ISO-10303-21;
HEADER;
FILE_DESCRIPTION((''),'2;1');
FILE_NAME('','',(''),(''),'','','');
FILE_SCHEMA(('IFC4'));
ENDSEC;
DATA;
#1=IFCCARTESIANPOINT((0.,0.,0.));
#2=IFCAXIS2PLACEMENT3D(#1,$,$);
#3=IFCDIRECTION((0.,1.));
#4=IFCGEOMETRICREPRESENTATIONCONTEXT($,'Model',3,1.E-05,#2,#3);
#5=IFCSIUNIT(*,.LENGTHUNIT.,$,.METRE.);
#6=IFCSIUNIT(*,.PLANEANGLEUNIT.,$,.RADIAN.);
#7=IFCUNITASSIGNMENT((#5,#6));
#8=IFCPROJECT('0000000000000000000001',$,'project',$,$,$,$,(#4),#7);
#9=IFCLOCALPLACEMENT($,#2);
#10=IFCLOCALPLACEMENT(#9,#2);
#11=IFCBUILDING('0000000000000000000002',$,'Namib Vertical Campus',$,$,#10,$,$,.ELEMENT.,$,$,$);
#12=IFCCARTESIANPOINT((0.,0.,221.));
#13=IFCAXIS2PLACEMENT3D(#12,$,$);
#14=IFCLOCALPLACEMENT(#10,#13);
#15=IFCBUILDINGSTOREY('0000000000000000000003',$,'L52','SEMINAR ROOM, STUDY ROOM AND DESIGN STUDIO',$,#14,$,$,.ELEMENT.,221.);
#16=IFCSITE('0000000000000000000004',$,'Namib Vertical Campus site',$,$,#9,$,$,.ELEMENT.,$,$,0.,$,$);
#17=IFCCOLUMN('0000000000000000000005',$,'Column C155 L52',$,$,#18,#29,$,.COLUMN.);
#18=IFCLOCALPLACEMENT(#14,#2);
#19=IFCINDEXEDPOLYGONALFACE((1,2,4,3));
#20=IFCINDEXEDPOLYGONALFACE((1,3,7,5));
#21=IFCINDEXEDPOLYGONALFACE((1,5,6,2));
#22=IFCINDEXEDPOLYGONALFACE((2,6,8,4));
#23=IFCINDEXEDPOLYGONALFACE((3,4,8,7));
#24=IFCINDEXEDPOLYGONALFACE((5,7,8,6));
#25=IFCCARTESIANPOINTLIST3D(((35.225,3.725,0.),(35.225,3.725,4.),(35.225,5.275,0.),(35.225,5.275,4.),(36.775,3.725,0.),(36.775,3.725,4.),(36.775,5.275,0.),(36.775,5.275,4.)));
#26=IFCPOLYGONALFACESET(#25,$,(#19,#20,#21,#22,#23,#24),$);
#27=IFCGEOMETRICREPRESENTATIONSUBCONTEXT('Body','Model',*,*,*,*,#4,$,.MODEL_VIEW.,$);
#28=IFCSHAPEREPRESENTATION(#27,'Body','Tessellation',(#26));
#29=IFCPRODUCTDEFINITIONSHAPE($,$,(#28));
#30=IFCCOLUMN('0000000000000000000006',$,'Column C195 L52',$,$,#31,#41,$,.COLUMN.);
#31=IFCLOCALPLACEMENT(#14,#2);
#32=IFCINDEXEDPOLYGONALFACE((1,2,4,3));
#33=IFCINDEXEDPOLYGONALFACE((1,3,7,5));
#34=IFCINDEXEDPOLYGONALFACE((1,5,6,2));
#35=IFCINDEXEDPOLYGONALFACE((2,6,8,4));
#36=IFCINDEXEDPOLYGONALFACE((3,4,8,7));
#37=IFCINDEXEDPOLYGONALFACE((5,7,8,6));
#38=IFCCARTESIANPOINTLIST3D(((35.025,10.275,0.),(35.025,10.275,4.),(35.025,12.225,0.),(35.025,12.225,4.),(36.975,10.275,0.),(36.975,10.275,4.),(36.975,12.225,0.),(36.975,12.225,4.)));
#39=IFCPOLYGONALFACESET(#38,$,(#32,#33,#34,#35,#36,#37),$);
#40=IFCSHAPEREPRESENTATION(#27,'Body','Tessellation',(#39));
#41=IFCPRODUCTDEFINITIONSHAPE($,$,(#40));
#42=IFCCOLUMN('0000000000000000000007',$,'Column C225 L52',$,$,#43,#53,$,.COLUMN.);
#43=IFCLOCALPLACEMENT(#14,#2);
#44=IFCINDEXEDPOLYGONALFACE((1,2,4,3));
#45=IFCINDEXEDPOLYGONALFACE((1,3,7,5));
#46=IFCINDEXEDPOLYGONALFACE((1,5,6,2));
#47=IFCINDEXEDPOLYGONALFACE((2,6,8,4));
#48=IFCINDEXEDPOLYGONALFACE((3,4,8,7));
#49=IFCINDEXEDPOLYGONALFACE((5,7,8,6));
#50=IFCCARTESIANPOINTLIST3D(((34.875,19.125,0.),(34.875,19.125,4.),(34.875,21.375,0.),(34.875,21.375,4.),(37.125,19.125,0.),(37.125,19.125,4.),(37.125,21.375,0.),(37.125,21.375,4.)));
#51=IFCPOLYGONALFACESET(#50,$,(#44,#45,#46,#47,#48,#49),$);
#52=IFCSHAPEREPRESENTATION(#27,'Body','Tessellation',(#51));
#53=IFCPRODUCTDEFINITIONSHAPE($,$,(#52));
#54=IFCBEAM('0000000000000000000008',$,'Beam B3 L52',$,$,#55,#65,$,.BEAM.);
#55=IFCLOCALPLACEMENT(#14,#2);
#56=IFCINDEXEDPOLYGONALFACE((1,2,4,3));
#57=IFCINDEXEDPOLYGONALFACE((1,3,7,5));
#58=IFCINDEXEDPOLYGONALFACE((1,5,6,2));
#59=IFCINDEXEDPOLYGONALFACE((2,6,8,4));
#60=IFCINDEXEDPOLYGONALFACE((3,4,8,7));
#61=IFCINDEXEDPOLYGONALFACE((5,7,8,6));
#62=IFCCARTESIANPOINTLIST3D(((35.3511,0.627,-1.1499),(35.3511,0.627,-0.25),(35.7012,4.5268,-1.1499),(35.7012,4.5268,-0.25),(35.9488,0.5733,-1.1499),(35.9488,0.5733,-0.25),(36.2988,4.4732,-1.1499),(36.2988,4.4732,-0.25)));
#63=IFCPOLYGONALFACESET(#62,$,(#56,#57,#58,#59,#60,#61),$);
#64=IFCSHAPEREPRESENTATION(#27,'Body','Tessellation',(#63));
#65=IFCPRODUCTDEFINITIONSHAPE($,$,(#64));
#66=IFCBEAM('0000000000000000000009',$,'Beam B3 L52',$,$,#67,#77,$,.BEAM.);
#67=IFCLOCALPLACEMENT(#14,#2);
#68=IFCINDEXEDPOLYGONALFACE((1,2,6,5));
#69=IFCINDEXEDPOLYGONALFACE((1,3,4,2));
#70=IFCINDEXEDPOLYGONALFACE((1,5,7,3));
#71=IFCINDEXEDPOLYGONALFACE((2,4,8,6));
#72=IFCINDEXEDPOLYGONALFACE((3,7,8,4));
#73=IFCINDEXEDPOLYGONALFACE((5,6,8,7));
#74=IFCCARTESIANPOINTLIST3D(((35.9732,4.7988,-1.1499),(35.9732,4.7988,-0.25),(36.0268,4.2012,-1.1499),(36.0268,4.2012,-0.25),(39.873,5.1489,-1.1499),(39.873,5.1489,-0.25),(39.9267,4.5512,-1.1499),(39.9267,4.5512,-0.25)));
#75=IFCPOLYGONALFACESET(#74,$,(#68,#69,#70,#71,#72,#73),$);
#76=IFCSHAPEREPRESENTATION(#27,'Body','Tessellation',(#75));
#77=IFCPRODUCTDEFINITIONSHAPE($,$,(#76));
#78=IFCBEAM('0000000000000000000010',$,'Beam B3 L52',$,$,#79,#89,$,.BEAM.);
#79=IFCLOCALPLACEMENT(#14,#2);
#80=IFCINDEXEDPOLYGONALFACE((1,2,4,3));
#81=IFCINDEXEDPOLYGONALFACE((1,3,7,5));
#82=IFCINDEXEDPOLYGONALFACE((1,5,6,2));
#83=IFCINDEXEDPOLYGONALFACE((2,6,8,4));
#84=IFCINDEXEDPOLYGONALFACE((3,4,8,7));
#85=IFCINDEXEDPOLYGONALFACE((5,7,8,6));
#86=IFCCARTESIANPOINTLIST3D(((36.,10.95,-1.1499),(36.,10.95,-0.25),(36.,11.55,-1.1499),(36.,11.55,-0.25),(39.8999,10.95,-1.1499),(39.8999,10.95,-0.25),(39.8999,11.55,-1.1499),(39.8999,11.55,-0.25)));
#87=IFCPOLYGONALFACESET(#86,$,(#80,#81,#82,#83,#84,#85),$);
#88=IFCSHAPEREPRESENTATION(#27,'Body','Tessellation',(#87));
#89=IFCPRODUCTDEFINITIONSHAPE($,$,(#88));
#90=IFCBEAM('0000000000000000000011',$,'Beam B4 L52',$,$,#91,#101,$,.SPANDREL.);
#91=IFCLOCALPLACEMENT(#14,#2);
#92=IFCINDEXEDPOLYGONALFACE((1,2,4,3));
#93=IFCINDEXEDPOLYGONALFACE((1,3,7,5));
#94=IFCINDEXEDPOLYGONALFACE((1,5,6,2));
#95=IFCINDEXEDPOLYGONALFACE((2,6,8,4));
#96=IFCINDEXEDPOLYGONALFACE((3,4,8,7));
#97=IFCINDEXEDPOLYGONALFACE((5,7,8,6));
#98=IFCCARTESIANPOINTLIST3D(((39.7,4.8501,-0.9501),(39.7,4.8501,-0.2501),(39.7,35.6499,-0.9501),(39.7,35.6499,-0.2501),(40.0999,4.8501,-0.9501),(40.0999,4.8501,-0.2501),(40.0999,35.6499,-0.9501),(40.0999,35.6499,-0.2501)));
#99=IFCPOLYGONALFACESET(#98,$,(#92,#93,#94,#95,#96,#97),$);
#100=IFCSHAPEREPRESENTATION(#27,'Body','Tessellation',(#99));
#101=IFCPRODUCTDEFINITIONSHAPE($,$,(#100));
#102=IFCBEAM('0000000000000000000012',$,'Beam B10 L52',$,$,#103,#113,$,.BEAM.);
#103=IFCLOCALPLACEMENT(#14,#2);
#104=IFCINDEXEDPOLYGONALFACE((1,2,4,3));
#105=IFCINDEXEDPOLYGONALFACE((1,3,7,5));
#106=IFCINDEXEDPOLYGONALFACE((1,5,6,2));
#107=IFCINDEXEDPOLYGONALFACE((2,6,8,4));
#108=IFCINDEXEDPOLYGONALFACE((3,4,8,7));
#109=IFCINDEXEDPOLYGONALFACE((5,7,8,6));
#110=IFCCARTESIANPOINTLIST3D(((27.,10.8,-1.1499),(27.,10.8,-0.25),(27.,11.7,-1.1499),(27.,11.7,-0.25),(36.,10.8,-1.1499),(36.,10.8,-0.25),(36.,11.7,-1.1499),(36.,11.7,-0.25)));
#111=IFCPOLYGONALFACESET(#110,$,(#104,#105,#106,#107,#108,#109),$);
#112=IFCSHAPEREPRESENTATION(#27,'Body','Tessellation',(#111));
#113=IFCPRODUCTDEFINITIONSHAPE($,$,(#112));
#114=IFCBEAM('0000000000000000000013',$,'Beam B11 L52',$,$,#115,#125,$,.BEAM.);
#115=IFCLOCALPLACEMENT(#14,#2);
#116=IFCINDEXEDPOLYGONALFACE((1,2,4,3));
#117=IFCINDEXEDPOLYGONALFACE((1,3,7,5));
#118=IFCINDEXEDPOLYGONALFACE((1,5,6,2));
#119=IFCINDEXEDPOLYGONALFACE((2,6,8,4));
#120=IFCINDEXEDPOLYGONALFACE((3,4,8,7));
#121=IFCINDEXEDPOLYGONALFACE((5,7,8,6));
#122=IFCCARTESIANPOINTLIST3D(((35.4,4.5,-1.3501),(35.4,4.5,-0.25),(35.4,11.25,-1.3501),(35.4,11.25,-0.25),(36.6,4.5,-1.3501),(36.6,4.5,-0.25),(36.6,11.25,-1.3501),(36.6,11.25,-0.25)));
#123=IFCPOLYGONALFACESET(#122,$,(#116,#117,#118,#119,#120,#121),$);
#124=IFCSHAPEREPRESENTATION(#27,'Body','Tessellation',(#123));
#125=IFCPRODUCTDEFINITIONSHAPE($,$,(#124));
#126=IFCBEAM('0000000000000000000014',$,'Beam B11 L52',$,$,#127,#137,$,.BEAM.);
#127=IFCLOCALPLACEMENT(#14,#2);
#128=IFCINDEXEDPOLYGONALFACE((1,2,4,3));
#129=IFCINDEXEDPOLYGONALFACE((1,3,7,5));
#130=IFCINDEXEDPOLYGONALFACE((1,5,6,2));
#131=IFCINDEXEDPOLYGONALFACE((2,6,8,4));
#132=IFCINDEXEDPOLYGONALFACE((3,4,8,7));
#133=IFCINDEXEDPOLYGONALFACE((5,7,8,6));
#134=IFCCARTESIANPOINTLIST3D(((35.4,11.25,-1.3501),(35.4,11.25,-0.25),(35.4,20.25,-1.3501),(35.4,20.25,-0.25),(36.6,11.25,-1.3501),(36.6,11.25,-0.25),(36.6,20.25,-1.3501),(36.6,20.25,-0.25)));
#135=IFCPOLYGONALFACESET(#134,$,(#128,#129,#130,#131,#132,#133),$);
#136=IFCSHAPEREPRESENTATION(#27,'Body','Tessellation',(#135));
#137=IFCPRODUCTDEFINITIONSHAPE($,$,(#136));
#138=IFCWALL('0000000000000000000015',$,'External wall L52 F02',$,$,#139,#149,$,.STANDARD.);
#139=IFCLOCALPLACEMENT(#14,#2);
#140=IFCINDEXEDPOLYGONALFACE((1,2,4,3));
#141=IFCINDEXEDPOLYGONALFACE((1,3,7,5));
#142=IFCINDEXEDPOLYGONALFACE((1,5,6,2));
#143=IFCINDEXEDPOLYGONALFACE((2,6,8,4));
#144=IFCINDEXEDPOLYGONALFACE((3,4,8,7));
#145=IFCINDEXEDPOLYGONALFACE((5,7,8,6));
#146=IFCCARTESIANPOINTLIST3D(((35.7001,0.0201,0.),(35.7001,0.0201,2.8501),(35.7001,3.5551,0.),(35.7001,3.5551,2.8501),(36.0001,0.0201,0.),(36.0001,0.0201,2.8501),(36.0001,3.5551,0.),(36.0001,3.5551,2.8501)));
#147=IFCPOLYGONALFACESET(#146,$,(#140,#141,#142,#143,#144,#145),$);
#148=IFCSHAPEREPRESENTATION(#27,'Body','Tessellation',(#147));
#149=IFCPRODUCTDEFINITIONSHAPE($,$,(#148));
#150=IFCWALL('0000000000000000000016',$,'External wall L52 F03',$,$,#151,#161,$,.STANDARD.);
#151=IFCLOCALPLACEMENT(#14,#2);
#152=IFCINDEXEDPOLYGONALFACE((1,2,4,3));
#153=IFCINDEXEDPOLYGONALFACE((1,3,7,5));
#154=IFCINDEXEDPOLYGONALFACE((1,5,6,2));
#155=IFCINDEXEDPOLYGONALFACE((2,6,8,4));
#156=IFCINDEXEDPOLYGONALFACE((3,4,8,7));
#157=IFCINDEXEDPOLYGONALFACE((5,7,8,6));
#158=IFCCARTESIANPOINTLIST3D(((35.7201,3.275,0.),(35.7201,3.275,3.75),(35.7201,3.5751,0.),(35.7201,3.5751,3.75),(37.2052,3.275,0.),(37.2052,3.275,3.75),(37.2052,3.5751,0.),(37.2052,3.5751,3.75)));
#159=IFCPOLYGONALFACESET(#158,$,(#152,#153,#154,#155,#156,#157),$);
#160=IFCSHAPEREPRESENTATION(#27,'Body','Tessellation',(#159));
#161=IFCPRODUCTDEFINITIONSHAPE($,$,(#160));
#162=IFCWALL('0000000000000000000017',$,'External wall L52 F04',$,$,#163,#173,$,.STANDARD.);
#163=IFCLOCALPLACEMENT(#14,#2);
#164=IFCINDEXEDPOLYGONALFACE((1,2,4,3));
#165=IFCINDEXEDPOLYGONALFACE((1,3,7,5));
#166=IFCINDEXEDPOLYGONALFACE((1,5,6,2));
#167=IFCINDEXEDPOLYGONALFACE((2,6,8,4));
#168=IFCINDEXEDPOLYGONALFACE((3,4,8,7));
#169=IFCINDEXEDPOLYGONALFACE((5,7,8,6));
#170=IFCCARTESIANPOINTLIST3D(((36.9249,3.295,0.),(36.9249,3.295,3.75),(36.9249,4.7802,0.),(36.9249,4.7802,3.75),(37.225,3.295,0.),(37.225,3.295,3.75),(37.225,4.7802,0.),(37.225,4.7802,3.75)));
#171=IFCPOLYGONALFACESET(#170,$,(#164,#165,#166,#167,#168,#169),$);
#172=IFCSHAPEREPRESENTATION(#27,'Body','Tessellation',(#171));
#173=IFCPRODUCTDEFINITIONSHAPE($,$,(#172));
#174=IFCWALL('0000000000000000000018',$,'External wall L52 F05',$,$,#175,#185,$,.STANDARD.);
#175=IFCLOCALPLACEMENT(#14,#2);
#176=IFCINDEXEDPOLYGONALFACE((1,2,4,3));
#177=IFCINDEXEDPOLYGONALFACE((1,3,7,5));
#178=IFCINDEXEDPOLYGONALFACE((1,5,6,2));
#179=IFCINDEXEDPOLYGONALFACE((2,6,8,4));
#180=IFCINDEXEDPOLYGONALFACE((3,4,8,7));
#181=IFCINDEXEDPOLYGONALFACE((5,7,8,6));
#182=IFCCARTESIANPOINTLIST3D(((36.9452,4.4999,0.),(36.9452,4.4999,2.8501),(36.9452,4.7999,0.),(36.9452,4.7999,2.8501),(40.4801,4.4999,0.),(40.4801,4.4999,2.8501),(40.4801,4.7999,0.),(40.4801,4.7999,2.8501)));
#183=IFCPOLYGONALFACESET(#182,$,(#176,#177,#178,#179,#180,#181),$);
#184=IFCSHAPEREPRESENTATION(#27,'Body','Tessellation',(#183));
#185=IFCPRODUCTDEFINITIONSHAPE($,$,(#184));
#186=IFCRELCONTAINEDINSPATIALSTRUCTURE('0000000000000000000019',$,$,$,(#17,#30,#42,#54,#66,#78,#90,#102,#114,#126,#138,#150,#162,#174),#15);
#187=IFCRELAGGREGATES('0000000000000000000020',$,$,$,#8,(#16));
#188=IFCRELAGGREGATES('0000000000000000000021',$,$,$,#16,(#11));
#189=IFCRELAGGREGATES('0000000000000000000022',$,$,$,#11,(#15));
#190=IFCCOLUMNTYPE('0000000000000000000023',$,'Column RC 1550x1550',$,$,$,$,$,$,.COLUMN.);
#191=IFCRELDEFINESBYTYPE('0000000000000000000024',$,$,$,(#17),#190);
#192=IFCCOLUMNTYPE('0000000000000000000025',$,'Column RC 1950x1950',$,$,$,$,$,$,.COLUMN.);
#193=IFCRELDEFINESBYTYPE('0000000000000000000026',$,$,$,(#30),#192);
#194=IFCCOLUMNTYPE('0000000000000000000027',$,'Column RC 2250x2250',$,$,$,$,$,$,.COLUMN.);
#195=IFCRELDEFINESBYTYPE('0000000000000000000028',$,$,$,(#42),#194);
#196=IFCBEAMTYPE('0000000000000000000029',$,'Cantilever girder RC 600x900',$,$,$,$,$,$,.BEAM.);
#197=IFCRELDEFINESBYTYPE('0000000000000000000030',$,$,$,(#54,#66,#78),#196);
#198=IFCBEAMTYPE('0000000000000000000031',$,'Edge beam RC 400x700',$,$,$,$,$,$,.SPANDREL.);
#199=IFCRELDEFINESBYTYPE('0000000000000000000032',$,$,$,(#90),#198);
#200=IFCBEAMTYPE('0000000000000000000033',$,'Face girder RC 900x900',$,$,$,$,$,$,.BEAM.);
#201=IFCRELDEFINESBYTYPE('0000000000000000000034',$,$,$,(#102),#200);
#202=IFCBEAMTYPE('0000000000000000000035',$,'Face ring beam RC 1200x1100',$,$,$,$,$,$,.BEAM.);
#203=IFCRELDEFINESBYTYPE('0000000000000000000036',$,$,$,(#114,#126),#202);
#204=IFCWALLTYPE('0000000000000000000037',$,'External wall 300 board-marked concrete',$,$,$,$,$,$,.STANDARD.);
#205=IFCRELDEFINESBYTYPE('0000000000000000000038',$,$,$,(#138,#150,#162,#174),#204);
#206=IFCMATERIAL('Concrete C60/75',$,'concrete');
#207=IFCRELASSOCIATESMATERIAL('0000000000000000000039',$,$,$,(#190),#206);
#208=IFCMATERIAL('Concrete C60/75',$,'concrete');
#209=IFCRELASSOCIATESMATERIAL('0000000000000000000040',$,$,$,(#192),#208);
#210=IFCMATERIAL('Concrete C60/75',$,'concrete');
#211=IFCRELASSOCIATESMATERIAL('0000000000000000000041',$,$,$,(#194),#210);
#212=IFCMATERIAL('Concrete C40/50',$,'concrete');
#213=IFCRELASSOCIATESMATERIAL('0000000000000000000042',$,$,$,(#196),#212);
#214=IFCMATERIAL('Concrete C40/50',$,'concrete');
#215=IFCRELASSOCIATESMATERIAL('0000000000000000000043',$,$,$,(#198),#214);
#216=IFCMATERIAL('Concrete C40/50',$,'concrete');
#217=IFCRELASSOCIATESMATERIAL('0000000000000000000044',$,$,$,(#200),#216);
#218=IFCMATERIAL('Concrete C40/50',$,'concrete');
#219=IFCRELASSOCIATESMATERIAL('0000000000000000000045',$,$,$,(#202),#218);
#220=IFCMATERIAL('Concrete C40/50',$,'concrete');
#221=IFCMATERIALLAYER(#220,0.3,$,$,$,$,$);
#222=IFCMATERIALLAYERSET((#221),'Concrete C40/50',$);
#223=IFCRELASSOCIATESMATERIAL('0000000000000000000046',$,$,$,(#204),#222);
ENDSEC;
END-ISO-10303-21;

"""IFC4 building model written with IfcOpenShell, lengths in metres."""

from ifc_helpers import new_model, si_unit, direction, frame, frame_2d, origin, origin_2d, place, context, subcontext, project, spatial, rectangle, extrude, material, layer, layer_set, material_profile, profile_set, type_object, element, save


model = new_model("IFC4")

# Units and contexts
model_context = context("Model", 3, precision=1e-05, world=origin(), true_north=direction((0.0, 1.0)))
body_context = subcontext(model_context, "Body", "Model", "MODEL_VIEW")
ifc_project = project(units=[si_unit("LENGTHUNIT", "METRE"), si_unit("PLANEANGLEUNIT", "RADIAN")], contexts=[model_context])

# Site, building, storey
site_placement = place(None, origin())
site = spatial("IfcSite", under=ifc_project, at=site_placement, Name="Namib Vertical Campus site", CompositionType="ELEMENT", RefElevation=0.0)
building_placement = place(site_placement, origin())
building = spatial("IfcBuilding", under=site, at=building_placement, Name="Namib Vertical Campus", CompositionType="ELEMENT")
storey_placement = place(building_placement, frame((0.0, 0.0, 221.0)))
storey = spatial("IfcBuildingStorey", under=building, at=storey_placement, Name="L52", Description="SEMINAR ROOM, STUDY ROOM AND DESIGN STUDIO", CompositionType="ELEMENT", Elevation=221.0)

# Columns
ifc_material_1 = material(Name="Concrete C60/75", Category="concrete")
ifc_material_profile_1 = material_profile(ifc_material_1, rectangle(XDim=1.55, YDim=1.55, at=origin_2d()))
ifc_profile_set_1 = profile_set([ifc_material_profile_1], Name="Concrete C60/75")
column_type_1 = type_object("IfcColumnType", Name="Column RC 1550x1550", PredefinedType="COLUMN", material=ifc_profile_set_1)
column_1_placement = place(storey_placement, frame((36.0, 4.5, 0.0), z_axis=(0.0, 0.0, 1.0), x_axis=(1.0, 0.0, 0.0)))
element("IfcColumn", 1, at=column_1_placement, inside=storey, type_object=column_type_1, Name="Column C155 L52", PredefinedType="COLUMN", context=body_context, shape_type="SweptSolid", body=[
    extrude(rectangle(XDim=1.55, YDim=1.55, at=origin_2d()), origin(), (0.0, 0.0, 1.0), 4.0),
])
ifc_material_2 = material(Name="Concrete C60/75", Category="concrete")
ifc_material_profile_2 = material_profile(ifc_material_2, rectangle(XDim=1.95, YDim=1.95, at=origin_2d()))
ifc_profile_set_2 = profile_set([ifc_material_profile_2], Name="Concrete C60/75")
column_type_2 = type_object("IfcColumnType", Name="Column RC 1950x1950", PredefinedType="COLUMN", material=ifc_profile_set_2)
column_2_placement = place(storey_placement, frame((36.0, 11.25, 0.0), z_axis=(0.0, 0.0, 1.0), x_axis=(1.0, 0.0, 0.0)))
element("IfcColumn", 2, at=column_2_placement, inside=storey, type_object=column_type_2, Name="Column C195 L52", PredefinedType="COLUMN", context=body_context, shape_type="SweptSolid", body=[
    extrude(rectangle(XDim=1.95, YDim=1.95, at=origin_2d()), origin(), (0.0, 0.0, 1.0), 4.0),
])
ifc_material_3 = material(Name="Concrete C60/75", Category="concrete")
ifc_material_profile_3 = material_profile(ifc_material_3, rectangle(XDim=2.25, YDim=2.25, at=origin_2d()))
ifc_profile_set_3 = profile_set([ifc_material_profile_3], Name="Concrete C60/75")
column_type_3 = type_object("IfcColumnType", Name="Column RC 2250x2250", PredefinedType="COLUMN", material=ifc_profile_set_3)
column_3_placement = place(storey_placement, frame((36.0, 20.25, 0.0), z_axis=(0.0, 0.0, 1.0), x_axis=(1.0, 0.0, 0.0)))
element("IfcColumn", 3, at=column_3_placement, inside=storey, type_object=column_type_3, Name="Column C225 L52", PredefinedType="COLUMN", context=body_context, shape_type="SweptSolid", body=[
    extrude(rectangle(XDim=2.25, YDim=2.25, at=origin_2d()), origin(), (0.0, 0.0, 1.0), 4.0),
])

# Beams
ifc_material_4 = material(Name="Concrete C40/50", Category="concrete")
ifc_material_profile_4 = material_profile(ifc_material_4, rectangle(XDim=0.6001, YDim=0.8999, at=origin_2d()))
ifc_profile_set_4 = profile_set([ifc_material_profile_4], Name="Concrete C40/50")
beam_type_1 = type_object("IfcBeamType", Name="Cantilever girder RC 600x900", PredefinedType="BEAM", material=ifc_profile_set_4)
for number, where, z_axis, x_axis, name in (
    (4, (36.0, 4.5, -0.7), (-0.089411, -0.995995, 0.0), (0.995995, -0.089411, 0.0), "Beam B3 L52"),
    (5, (36.0, 4.5, -0.7), (0.995995, 0.089411, 0.0), (-0.089411, 0.995995, 0.0), "Beam B3 L52"),
):
    element("IfcBeam", number, at=place(storey_placement, frame(where, z_axis=z_axis, x_axis=x_axis)), inside=storey, type_object=beam_type_1, Name=name, PredefinedType="BEAM", context=body_context, shape_type="SweptSolid", body=[
        extrude(rectangle(XDim=0.6001, YDim=0.8999, at=origin_2d()), origin(), (0.0, 0.0, 1.0), 3.9155),
    ])
beam_1_placement = place(storey_placement, frame((36.0, 11.25, -0.7), z_axis=(1.0, 0.0, 0.0), x_axis=(0.0, 1.0, 0.0)))
element("IfcBeam", 6, at=beam_1_placement, inside=storey, type_object=beam_type_1, Name="Beam B3 L52", PredefinedType="BEAM", context=body_context, shape_type="SweptSolid", body=[
    extrude(rectangle(XDim=0.6001, YDim=0.8999, at=origin_2d()), origin(), (0.0, 0.0, 1.0), 3.8999),
])
ifc_material_5 = material(Name="Concrete C40/50", Category="concrete")
ifc_material_profile_5 = material_profile(ifc_material_5, rectangle(XDim=0.3999, YDim=0.7, at=origin_2d()))
ifc_profile_set_5 = profile_set([ifc_material_profile_5], Name="Concrete C40/50")
beam_type_2 = type_object("IfcBeamType", Name="Edge beam RC 400x700", PredefinedType="SPANDREL", material=ifc_profile_set_5)
beam_2_placement = place(storey_placement, frame((39.8999, 4.8501, -0.6001), z_axis=(0.0, 1.0, 0.0), x_axis=(-1.0, 0.0, 0.0)))
element("IfcBeam", 7, at=beam_2_placement, inside=storey, type_object=beam_type_2, Name="Beam B4 L52", PredefinedType="SPANDREL", context=body_context, shape_type="SweptSolid", body=[
    extrude(rectangle(XDim=0.3999, YDim=0.7, at=origin_2d()), origin(), (0.0, 0.0, 1.0), 30.7998),
])
ifc_material_6 = material(Name="Concrete C40/50", Category="concrete")
ifc_material_profile_6 = material_profile(ifc_material_6, rectangle(XDim=0.8999, YDim=0.8999, at=origin_2d()))
ifc_profile_set_6 = profile_set([ifc_material_profile_6], Name="Concrete C40/50")
beam_type_3 = type_object("IfcBeamType", Name="Face girder RC 900x900", PredefinedType="BEAM", material=ifc_profile_set_6)
beam_3_placement = place(storey_placement, frame((36.0, 11.25, -0.7), z_axis=(-1.0, 0.0, 0.0), x_axis=(0.0, -1.0, 0.0)))
element("IfcBeam", 8, at=beam_3_placement, inside=storey, type_object=beam_type_3, Name="Beam B10 L52", PredefinedType="BEAM", context=body_context, shape_type="SweptSolid", body=[
    extrude(rectangle(XDim=0.8999, YDim=0.8999, at=origin_2d()), origin(), (0.0, 0.0, 1.0), 9.0),
])
ifc_material_7 = material(Name="Concrete C40/50", Category="concrete")
ifc_material_profile_7 = material_profile(ifc_material_7, rectangle(XDim=1.2, YDim=1.1001, at=origin_2d()))
ifc_profile_set_7 = profile_set([ifc_material_profile_7], Name="Concrete C40/50")
beam_type_4 = type_object("IfcBeamType", Name="Face ring beam RC 1200x1100", PredefinedType="BEAM", material=ifc_profile_set_7)
beam_4_placement = place(storey_placement, frame((36.0, 4.5, -0.8), z_axis=(0.0, 1.0, 0.0), x_axis=(-1.0, 0.0, 0.0)))
element("IfcBeam", 9, at=beam_4_placement, inside=storey, type_object=beam_type_4, Name="Beam B11 L52", PredefinedType="BEAM", context=body_context, shape_type="SweptSolid", body=[
    extrude(rectangle(XDim=1.2, YDim=1.1001, at=origin_2d()), origin(), (0.0, 0.0, 1.0), 6.75),
])
beam_5_placement = place(storey_placement, frame((36.0, 11.25, -0.8), z_axis=(0.0, 1.0, 0.0), x_axis=(-1.0, 0.0, 0.0)))
element("IfcBeam", 10, at=beam_5_placement, inside=storey, type_object=beam_type_4, Name="Beam B11 L52", PredefinedType="BEAM", context=body_context, shape_type="SweptSolid", body=[
    extrude(rectangle(XDim=1.2, YDim=1.1001, at=origin_2d()), origin(), (0.0, 0.0, 1.0), 9.0),
])

# Walls
ifc_material_8 = material(Name="Concrete C40/50", Category="concrete")
ifc_layer_1 = layer(ifc_material_8, 0.3)
ifc_layer_set_1 = layer_set([ifc_layer_1], Name="Concrete C40/50")
wall_type_1 = type_object("IfcWallType", Name="External wall 300 board-marked concrete", PredefinedType="STANDARD", material=ifc_layer_set_1)
wall_1_placement = place(storey_placement, frame((35.8501, 0.02, 0.0), z_axis=(0.0, 0.0, 1.0), x_axis=(0.0, 1.0, 0.0)))
element("IfcWall", 11, at=wall_1_placement, inside=storey, type_object=wall_type_1, Name="External wall L52 F02", PredefinedType="STANDARD", context=body_context, shape_type="SweptSolid", body=[
    extrude(rectangle(XDim=3.5349, YDim=0.3, at=frame_2d((1.7676, 0.0))), origin(), (0.0, 0.0, 1.0), 2.8501),
])
for number, where, z_axis, x_axis, name in (
    (12, (35.72, 3.425, 0.0), (0.0, 0.0, 1.0), (1.0, 0.0, 0.0), "External wall L52 F03"),
    (13, (37.075, 3.2949, 0.0), (0.0, 0.0, 1.0), (0.0, 1.0, 0.0), "External wall L52 F04"),
):
    element("IfcWall", number, at=place(storey_placement, frame(where, z_axis=z_axis, x_axis=x_axis)), inside=storey, type_object=wall_type_1, Name=name, PredefinedType="STANDARD", context=body_context, shape_type="SweptSolid", body=[
        extrude(rectangle(XDim=1.4851, YDim=0.3, at=frame_2d((0.7427, 0.0))), origin(), (0.0, 0.0, 1.0), 3.75),
    ])
wall_2_placement = place(storey_placement, frame((36.9451, 4.6499, 0.0), z_axis=(0.0, 0.0, 1.0), x_axis=(1.0, 0.0, 0.0)))
element("IfcWall", 14, at=wall_2_placement, inside=storey, type_object=wall_type_1, Name="External wall L52 F05", PredefinedType="STANDARD", context=body_context, shape_type="SweptSolid", body=[
    extrude(rectangle(XDim=3.5349, YDim=0.3, at=frame_2d((1.7676, 0.0))), origin(), (0.0, 0.0, 1.0), 2.8501),
])

save(model, "model.ifc")
